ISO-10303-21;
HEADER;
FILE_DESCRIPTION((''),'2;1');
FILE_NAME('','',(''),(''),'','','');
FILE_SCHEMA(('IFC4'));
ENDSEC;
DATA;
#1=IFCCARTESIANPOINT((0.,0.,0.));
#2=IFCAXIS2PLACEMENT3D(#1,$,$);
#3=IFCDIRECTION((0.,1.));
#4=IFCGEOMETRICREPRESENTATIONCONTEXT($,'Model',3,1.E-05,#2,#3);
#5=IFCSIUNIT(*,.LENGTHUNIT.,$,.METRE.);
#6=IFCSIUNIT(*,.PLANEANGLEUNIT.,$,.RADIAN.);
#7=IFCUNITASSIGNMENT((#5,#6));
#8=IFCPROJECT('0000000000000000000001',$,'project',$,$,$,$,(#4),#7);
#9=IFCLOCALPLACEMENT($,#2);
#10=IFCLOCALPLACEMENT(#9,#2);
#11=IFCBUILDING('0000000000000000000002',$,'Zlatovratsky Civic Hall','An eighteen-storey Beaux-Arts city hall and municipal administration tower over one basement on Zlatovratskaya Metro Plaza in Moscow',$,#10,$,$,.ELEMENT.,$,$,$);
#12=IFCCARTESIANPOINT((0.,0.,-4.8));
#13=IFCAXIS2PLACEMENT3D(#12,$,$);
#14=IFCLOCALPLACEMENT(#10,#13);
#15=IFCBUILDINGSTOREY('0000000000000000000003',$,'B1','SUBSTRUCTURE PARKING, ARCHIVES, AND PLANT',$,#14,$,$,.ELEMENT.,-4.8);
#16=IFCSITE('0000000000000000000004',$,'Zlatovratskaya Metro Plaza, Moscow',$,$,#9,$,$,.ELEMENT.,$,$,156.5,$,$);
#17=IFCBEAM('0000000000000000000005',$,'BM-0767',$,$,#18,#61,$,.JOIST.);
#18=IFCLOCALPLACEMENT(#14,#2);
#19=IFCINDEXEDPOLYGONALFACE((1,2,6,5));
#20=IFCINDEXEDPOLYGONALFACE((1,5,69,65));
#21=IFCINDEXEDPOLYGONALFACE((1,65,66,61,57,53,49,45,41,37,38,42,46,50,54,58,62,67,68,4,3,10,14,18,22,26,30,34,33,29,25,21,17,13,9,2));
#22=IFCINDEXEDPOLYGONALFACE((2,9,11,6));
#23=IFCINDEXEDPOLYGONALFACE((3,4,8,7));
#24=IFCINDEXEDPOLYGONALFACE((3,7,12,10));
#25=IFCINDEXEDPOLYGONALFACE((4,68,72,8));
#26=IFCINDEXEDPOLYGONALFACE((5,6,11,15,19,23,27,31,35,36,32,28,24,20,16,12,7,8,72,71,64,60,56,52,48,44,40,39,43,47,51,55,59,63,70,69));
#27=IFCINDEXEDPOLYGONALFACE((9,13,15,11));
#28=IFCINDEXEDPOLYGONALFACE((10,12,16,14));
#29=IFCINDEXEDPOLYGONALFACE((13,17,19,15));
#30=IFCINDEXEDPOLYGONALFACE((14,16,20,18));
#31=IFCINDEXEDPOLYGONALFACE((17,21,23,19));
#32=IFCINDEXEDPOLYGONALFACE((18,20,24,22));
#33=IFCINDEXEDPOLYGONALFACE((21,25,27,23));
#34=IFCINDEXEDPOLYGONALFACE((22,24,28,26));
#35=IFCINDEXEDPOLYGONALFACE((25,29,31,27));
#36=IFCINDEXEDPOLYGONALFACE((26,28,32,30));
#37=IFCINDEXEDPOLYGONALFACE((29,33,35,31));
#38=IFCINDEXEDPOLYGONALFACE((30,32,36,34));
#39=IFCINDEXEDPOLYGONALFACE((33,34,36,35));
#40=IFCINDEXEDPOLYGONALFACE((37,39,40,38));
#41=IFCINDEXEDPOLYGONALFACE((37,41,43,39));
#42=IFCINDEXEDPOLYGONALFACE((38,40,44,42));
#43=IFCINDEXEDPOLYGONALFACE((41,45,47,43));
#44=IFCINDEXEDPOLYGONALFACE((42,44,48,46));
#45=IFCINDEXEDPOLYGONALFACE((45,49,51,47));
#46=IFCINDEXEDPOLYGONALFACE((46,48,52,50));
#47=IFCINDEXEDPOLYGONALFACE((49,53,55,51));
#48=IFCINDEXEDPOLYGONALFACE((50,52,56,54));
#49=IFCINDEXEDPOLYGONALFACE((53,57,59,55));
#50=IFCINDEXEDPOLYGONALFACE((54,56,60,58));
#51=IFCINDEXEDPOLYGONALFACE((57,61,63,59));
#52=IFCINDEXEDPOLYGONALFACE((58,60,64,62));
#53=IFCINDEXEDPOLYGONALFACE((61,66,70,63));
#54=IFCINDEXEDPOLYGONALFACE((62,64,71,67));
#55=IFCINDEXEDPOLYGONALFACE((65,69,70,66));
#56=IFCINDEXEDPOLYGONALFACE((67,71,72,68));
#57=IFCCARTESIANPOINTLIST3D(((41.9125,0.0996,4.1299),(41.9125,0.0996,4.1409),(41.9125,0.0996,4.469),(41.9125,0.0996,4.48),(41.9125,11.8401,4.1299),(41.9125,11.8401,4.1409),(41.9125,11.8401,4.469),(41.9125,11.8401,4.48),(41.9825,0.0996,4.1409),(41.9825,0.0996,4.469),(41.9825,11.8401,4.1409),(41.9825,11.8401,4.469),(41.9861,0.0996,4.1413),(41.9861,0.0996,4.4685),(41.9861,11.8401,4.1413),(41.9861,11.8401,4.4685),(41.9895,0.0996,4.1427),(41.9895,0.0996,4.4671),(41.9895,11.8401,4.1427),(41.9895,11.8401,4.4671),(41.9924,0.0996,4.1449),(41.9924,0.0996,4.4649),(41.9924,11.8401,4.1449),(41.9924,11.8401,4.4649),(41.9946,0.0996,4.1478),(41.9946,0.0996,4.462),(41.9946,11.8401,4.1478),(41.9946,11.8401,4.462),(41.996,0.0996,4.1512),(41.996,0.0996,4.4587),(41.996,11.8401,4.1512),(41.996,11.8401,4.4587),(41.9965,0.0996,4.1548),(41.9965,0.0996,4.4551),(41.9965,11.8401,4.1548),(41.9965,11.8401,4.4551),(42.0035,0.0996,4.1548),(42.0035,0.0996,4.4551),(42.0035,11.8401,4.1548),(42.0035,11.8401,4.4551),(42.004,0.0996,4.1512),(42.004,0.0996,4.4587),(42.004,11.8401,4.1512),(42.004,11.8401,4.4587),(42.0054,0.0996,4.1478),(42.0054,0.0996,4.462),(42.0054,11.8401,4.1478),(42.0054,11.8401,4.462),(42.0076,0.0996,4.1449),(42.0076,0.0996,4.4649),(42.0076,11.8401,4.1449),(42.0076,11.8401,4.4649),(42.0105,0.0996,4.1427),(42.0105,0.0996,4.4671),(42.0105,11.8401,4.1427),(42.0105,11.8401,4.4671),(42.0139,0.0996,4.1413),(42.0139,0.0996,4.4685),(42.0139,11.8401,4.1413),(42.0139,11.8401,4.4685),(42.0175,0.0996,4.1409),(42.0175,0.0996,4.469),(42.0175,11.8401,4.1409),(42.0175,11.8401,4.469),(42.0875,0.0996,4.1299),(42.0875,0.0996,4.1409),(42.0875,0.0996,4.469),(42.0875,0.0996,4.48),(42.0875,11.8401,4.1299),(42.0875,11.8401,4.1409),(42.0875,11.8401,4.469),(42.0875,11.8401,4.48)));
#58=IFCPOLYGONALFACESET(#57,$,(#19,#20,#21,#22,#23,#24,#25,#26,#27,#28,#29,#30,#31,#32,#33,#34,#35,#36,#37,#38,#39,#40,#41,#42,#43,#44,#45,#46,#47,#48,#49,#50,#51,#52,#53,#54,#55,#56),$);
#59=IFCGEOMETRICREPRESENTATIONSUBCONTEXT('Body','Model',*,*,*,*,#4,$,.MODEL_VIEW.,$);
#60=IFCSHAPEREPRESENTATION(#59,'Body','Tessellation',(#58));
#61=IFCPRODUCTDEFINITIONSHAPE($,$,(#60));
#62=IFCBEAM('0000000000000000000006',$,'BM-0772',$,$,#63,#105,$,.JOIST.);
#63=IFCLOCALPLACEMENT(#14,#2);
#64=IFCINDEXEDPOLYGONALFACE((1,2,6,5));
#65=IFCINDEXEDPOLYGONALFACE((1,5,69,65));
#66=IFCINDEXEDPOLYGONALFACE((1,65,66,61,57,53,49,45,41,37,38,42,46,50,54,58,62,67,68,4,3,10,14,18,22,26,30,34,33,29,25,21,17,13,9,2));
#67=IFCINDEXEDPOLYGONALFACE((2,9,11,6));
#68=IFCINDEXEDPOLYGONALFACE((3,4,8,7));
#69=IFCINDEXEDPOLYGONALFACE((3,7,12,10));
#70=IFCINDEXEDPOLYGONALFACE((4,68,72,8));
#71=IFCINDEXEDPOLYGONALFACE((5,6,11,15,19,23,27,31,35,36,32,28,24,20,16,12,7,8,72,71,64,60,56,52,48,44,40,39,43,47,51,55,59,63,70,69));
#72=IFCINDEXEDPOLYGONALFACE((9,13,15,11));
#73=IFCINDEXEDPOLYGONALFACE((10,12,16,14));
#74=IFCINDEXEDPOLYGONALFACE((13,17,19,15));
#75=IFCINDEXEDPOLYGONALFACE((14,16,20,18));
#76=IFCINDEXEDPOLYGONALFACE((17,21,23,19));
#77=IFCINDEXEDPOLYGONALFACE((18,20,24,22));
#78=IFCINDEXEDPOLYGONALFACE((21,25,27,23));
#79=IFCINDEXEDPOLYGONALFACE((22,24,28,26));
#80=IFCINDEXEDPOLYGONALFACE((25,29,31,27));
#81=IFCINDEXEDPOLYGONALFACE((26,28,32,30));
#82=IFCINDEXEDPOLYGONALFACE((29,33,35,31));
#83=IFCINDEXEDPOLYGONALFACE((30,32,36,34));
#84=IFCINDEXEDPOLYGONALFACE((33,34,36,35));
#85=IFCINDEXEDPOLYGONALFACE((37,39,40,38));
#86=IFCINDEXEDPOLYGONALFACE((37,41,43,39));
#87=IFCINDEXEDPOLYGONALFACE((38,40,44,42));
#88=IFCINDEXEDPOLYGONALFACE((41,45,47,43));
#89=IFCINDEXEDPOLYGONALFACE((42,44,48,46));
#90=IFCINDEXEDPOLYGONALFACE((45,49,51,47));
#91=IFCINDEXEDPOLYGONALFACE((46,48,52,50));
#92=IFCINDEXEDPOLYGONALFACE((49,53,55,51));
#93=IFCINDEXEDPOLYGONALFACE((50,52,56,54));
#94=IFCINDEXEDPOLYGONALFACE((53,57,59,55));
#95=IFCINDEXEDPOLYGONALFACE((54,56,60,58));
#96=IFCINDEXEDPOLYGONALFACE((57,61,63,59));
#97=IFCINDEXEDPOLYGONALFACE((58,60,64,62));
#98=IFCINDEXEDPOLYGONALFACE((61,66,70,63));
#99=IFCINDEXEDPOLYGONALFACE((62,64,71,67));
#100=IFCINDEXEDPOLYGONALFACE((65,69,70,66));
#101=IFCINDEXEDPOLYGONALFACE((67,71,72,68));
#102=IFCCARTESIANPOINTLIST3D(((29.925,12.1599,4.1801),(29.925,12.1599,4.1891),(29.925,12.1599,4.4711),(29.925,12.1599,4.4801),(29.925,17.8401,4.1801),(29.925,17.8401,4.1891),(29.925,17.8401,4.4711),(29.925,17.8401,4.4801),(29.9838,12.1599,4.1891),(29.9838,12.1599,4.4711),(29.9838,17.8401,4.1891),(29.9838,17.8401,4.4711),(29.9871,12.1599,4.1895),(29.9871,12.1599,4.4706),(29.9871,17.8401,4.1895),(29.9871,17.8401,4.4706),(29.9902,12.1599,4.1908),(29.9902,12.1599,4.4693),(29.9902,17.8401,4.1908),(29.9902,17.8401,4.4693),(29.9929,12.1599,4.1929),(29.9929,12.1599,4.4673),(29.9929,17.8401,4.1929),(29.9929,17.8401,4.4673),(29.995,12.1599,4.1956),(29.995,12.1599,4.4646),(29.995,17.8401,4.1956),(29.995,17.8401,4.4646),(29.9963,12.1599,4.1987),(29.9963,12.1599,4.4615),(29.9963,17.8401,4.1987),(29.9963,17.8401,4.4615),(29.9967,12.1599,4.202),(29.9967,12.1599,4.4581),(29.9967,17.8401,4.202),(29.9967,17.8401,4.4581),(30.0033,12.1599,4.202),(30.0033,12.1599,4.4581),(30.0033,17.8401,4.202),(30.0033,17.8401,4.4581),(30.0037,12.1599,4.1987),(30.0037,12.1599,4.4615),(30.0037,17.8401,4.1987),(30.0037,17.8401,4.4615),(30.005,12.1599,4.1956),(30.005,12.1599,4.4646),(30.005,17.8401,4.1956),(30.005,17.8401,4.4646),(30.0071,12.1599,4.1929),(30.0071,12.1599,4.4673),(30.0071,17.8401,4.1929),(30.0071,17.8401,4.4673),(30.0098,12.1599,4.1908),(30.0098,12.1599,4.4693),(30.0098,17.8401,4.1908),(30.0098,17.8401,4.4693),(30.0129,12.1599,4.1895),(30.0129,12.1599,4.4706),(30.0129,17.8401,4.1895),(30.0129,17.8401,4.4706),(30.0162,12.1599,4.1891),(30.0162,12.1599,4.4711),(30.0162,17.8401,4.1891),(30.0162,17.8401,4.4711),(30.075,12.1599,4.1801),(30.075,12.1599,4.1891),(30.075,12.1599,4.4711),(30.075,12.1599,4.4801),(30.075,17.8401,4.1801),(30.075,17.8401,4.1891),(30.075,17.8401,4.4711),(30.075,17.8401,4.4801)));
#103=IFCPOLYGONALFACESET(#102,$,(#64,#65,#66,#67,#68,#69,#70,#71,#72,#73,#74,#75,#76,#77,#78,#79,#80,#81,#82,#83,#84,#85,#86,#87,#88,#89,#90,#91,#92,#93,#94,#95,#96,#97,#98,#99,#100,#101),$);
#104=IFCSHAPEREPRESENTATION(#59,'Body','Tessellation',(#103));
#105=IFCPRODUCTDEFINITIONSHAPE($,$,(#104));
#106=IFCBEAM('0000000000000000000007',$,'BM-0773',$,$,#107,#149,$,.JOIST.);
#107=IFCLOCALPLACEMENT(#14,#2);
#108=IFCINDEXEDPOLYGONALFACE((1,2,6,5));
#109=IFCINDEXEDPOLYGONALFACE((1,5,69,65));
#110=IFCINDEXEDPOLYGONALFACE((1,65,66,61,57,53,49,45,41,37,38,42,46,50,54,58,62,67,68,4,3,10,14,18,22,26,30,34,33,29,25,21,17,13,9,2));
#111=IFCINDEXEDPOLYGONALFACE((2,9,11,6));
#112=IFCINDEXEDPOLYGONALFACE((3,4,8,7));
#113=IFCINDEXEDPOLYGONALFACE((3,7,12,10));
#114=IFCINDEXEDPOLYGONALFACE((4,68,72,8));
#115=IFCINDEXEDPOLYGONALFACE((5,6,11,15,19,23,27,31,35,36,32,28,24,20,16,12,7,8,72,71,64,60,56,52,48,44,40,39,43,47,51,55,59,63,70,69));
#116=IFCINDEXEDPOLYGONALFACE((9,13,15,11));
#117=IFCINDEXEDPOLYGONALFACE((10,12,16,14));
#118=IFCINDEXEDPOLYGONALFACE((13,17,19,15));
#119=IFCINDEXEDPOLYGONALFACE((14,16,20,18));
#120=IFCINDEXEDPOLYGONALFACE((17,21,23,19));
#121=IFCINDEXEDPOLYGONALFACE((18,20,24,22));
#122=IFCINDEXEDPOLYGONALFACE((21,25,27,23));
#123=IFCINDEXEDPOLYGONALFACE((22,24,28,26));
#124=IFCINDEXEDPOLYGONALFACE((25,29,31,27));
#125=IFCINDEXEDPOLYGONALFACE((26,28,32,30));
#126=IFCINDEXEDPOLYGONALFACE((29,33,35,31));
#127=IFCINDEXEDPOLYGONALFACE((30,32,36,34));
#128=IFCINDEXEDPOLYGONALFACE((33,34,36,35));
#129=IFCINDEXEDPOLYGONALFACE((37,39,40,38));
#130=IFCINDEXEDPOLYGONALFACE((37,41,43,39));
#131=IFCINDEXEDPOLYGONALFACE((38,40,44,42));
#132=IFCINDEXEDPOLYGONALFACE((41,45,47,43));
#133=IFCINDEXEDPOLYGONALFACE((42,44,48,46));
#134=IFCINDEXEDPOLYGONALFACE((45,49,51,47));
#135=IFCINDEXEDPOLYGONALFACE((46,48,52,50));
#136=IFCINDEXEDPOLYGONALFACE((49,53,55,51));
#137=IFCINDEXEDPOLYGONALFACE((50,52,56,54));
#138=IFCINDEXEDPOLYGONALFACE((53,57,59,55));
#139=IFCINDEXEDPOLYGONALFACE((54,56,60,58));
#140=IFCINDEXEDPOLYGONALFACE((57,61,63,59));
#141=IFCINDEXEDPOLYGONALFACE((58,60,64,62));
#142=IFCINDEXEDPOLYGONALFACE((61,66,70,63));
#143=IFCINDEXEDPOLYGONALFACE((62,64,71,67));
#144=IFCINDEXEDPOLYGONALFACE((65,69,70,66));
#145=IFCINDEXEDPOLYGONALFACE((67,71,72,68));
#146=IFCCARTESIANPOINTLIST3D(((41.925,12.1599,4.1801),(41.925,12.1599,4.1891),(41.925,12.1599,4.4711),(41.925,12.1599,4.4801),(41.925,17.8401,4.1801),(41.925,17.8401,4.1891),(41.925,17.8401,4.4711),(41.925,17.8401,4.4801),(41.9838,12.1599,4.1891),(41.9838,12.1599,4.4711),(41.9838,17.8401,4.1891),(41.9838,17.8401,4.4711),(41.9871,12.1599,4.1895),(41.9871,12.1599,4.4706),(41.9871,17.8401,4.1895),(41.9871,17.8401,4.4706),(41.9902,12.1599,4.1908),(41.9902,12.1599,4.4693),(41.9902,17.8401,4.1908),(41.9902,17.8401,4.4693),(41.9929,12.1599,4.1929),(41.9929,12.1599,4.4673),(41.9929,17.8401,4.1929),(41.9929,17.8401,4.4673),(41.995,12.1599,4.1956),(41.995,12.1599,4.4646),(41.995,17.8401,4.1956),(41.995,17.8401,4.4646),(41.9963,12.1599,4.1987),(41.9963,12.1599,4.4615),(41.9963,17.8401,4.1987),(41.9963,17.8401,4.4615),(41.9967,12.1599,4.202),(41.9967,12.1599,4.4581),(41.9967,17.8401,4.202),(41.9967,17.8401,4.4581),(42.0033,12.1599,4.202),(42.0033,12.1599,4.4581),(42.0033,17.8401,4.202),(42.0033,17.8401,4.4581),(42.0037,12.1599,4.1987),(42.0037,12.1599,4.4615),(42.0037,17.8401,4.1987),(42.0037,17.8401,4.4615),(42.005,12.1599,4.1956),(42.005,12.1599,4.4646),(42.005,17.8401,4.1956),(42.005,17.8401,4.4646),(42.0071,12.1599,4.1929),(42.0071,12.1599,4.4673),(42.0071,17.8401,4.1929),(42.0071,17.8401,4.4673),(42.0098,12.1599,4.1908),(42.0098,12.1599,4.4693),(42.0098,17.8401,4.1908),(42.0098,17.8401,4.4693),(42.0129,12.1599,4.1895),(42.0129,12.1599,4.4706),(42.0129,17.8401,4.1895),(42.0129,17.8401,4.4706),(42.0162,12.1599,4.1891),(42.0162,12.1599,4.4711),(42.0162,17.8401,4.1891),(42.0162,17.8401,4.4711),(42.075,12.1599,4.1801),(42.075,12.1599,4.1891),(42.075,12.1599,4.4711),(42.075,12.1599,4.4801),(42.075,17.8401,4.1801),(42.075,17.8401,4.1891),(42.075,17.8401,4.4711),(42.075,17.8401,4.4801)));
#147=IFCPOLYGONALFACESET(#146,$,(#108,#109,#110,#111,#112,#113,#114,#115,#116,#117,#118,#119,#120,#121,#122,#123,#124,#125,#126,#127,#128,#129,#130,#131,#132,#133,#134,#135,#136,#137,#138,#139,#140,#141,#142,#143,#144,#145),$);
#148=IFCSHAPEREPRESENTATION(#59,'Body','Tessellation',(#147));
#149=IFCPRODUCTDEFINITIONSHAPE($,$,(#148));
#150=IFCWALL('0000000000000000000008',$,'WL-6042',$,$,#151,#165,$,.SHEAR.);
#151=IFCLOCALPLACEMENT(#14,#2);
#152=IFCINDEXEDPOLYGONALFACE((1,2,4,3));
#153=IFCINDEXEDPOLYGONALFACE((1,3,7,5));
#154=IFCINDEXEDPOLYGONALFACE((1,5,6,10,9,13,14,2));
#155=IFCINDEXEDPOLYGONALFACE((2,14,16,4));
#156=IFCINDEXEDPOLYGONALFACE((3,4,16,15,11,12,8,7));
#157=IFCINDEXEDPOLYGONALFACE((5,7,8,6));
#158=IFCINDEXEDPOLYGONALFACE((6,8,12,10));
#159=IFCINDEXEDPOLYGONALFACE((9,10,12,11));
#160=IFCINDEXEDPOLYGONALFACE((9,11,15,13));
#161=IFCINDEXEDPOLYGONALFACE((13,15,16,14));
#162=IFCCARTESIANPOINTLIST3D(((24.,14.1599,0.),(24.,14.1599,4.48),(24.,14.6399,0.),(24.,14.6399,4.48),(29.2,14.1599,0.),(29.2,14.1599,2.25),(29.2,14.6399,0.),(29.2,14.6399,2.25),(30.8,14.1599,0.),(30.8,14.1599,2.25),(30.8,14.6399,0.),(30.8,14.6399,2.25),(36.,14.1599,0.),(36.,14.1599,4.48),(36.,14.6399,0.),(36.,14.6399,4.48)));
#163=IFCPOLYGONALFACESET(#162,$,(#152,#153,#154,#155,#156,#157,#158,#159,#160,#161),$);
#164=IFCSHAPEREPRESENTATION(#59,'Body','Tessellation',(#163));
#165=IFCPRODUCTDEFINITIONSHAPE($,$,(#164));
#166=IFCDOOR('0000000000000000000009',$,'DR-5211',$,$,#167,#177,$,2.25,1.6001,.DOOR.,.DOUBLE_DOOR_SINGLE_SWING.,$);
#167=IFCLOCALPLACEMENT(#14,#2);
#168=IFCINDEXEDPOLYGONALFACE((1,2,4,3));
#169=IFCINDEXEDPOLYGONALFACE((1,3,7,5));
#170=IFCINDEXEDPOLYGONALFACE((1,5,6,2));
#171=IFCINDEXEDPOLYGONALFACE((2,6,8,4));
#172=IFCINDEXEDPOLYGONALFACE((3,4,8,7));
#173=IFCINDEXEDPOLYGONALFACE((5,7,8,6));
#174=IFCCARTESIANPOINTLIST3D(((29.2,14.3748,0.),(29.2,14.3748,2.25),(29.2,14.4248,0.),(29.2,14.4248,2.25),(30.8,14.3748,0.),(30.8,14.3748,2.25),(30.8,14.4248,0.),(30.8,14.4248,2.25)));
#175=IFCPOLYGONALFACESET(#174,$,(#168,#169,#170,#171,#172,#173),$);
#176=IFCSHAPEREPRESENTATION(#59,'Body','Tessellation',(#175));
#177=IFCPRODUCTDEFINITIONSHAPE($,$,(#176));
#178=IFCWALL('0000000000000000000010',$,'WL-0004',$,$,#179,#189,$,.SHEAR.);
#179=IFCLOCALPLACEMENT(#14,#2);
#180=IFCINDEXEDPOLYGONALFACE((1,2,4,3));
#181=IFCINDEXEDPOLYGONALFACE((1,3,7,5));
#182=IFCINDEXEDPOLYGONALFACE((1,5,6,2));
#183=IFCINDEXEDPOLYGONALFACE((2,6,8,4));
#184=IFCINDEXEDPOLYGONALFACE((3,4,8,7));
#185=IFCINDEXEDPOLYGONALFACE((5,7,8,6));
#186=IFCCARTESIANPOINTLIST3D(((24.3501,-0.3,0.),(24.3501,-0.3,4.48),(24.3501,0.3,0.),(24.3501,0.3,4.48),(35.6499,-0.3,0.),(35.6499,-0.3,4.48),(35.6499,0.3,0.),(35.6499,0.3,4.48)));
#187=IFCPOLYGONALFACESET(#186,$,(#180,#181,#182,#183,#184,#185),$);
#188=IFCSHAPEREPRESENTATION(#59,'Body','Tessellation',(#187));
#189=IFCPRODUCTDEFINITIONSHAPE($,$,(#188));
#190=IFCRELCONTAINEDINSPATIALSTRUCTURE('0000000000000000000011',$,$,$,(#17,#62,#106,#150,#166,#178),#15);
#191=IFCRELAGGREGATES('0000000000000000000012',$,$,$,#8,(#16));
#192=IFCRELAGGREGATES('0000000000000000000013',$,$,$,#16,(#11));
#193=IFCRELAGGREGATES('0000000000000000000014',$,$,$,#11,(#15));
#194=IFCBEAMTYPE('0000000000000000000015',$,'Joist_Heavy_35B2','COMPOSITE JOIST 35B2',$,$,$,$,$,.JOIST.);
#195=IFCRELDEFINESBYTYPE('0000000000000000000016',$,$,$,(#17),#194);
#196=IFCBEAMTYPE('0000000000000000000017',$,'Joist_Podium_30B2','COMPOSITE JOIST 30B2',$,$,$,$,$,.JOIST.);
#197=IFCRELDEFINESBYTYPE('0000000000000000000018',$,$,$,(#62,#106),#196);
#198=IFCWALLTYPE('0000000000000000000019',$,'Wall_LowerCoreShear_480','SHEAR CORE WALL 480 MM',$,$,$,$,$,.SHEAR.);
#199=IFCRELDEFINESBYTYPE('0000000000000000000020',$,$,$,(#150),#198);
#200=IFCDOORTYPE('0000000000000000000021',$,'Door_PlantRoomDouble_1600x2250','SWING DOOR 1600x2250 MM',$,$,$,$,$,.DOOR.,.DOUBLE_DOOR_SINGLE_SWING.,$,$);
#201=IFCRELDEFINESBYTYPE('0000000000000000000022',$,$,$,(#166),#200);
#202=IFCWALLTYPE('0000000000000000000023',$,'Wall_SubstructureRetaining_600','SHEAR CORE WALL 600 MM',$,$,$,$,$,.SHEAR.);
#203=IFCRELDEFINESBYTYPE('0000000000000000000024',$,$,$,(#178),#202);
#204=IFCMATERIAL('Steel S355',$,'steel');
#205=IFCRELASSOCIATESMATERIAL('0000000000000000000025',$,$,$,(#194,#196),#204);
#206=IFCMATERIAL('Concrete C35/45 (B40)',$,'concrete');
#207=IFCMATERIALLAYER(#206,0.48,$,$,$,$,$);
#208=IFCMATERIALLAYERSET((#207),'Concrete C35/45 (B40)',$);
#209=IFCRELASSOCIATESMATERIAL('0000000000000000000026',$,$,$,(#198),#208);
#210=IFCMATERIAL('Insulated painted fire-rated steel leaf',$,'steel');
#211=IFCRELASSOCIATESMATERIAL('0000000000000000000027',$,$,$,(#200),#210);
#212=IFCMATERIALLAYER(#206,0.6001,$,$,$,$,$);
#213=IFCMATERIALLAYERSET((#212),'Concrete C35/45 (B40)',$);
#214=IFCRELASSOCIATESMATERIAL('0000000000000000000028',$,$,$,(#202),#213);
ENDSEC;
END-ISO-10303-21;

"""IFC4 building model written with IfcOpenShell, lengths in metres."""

from ifc_helpers import new_model, si_unit, direction, frame, frame_2d, origin, origin_2d, place, context, subcontext, project, spatial, rectangle, i_section, extrude, material, layer, layer_set, material_profile, profile_set, type_object, element, fill, save


model = new_model("IFC4")

# Units and contexts
model_context = context("Model", 3, precision=1e-05, world=origin(), true_north=direction((0.0, 1.0)))
body_context = subcontext(model_context, "Body", "Model", "MODEL_VIEW")
ifc_project = project(units=[si_unit("LENGTHUNIT", "METRE"), si_unit("PLANEANGLEUNIT", "RADIAN")], contexts=[model_context])

# Site, building, storey
site_placement = place(None, origin())
site = spatial("IfcSite", under=ifc_project, at=site_placement, Name="Zlatovratskaya Metro Plaza, Moscow", CompositionType="ELEMENT", RefElevation=156.5)
building_placement = place(site_placement, origin())
building = spatial("IfcBuilding", under=site, at=building_placement, Name="Zlatovratsky Civic Hall", Description="An eighteen-storey Beaux-Arts city hall and municipal administration tower over one basement on Zlatovratskaya Metro Plaza in Moscow", CompositionType="ELEMENT")
storey_placement = place(building_placement, frame((0.0, 0.0, -4.8)))
storey = spatial("IfcBuildingStorey", under=building, at=storey_placement, Name="B1", Description="SUBSTRUCTURE PARKING, ARCHIVES, AND PLANT", CompositionType="ELEMENT", Elevation=-4.8)

# Shared definitions
ifc_material_1 = material(Name="Concrete C35/45 (B40)", Category="concrete")
ifc_material_2 = material(Name="Steel S355", Category="steel")

# Beams
ifc_material_profile_1 = material_profile(ifc_material_2, i_section(OverallWidth=0.175, OverallDepth=0.3501, WebThickness=0.0071, FlangeThickness=0.011, FilletRadius=0.0139, at=origin_2d()), Name="35B2")
ifc_profile_set_1 = profile_set([ifc_material_profile_1], Name="Steel S355")
beam_type_1 = type_object("IfcBeamType", Name="Joist_Heavy_35B2", Description="COMPOSITE JOIST 35B2", PredefinedType="JOIST", material=ifc_profile_set_1)
for number, where, z_axis, x_axis, name in (
    (1, (42.0, 0.0996, 4.3049), (0.0, 1.0, 0.0), (-1.0, 0.0, 0.0), "BM-0767"),
):
    element("IfcBeam", number, at=place(storey_placement, frame(where, z_axis=z_axis, x_axis=x_axis)), inside=storey, type_object=beam_type_1, Name=name, PredefinedType="JOIST", context=body_context, shape_type="SweptSolid", body=[
        extrude(i_section(OverallWidth=0.175, OverallDepth=0.3501, WebThickness=0.0071, FlangeThickness=0.011, FilletRadius=0.0139, at=origin_2d()), origin(), (0.0, 0.0, 1.0), 11.7405),
    ])
ifc_material_profile_2 = material_profile(ifc_material_2, i_section(OverallWidth=0.1499, OverallDepth=0.3, WebThickness=0.0066, FlangeThickness=0.009, FilletRadius=0.0129, at=origin_2d()), Name="30B2")
ifc_profile_set_2 = profile_set([ifc_material_profile_2], Name="Steel S355")
beam_type_2 = type_object("IfcBeamType", Name="Joist_Podium_30B2", Description="COMPOSITE JOIST 30B2", PredefinedType="JOIST", material=ifc_profile_set_2)
for number, where, z_axis, x_axis, name in (
    (2, (30.0, 12.1599, 4.3301), (0.0, 1.0, 0.0), (-1.0, 0.0, 0.0), "BM-0772"),
    (3, (42.0, 12.1599, 4.3301), (0.0, 1.0, 0.0), (-1.0, 0.0, 0.0), "BM-0773"),
):
    element("IfcBeam", number, at=place(storey_placement, frame(where, z_axis=z_axis, x_axis=x_axis)), inside=storey, type_object=beam_type_2, Name=name, PredefinedType="JOIST", context=body_context, shape_type="SweptSolid", body=[
        extrude(i_section(OverallWidth=0.1499, OverallDepth=0.3, WebThickness=0.0066, FlangeThickness=0.009, FilletRadius=0.0129, at=origin_2d()), origin(), (0.0, 0.0, 1.0), 5.6802),
    ])

# Wall, opening, door
ifc_layer_1 = layer(ifc_material_1, 0.48)
ifc_layer_set_1 = layer_set([ifc_layer_1], Name="Concrete C35/45 (B40)")
wall_type_1 = type_object("IfcWallType", Name="Wall_LowerCoreShear_480", Description="SHEAR CORE WALL 480 MM", PredefinedType="SHEAR", material=ifc_layer_set_1)
wall_placement = place(storey_placement, frame((24.0, 14.3999, 0.0), z_axis=(0.0, 0.0, 1.0), x_axis=(1.0, 0.0, 0.0)))
wall = element("IfcWall", 4, at=wall_placement, inside=storey, type_object=wall_type_1, Name="WL-6042", PredefinedType="SHEAR", context=body_context, shape_type="SweptSolid", body=[
    extrude(rectangle(XDim=12.0, YDim=0.48, at=frame_2d((6.0, 0.0))), origin(), (0.0, 0.0, 1.0), 4.48),
])
opening_placement = place(wall_placement, frame((5.2, 0.0, 0.0)))
opening = element("IfcOpeningElement", 5, at=opening_placement, cuts=wall, PredefinedType="OPENING", context=body_context, shape_type="SweptSolid", body=[
    extrude(rectangle(XDim=1.6001, YDim=2.25, at=frame_2d((0.8, 1.125))), frame((0.0, 0.2549, 0.0), z_axis=(0.0, -1.0, 0.0), x_axis=(1.0, 0.0, 0.0)), (0.0, 0.0, 1.0), 0.5098),
])
ifc_material_3 = material(Name="Insulated painted fire-rated steel leaf", Category="steel")
door_type = type_object("IfcDoorType", Name="Door_PlantRoomDouble_1600x2250", Description="SWING DOOR 1600x2250 MM", OperationType="DOUBLE_DOOR_SINGLE_SWING", PredefinedType="DOOR", material=ifc_material_3)
door_placement = place(opening_placement, origin())
door = element("IfcDoor", 6, at=door_placement, inside=storey, type_object=door_type, Name="DR-5211", OperationType="DOUBLE_DOOR_SINGLE_SWING", OverallHeight=2.25, OverallWidth=1.6001, PredefinedType="DOOR", context=body_context, shape_type="SweptSolid", body=[
    extrude(rectangle(XDim=1.6001, YDim=2.25, at=frame_2d((0.8, 1.125))), frame((0.0, 0.0249, 0.0), z_axis=(0.0, -1.0, 0.0), x_axis=(1.0, 0.0, 0.0)), (0.0, 0.0, 1.0), 0.05),
])
fill(opening, door)

# Wall
ifc_layer_2 = layer(ifc_material_1, 0.6001)
ifc_layer_set_2 = layer_set([ifc_layer_2], Name="Concrete C35/45 (B40)")
wall_type_2 = type_object("IfcWallType", Name="Wall_SubstructureRetaining_600", Description="SHEAR CORE WALL 600 MM", PredefinedType="SHEAR", material=ifc_layer_set_2)
for number, where, z_axis, x_axis, name in (
    (7, (24.3501, 0.0, 0.0), (0.0, 0.0, 1.0), (1.0, 0.0, 0.0), "WL-0004"),
):
    element("IfcWall", number, at=place(storey_placement, frame(where, z_axis=z_axis, x_axis=x_axis)), inside=storey, type_object=wall_type_2, Name=name, PredefinedType="SHEAR", context=body_context, shape_type="SweptSolid", body=[
        extrude(rectangle(XDim=11.2998, YDim=0.6001, at=frame_2d((5.6499, 0.0))), origin(), (0.0, 0.0, 1.0), 4.48),
    ])

save(model, "model.ifc")
